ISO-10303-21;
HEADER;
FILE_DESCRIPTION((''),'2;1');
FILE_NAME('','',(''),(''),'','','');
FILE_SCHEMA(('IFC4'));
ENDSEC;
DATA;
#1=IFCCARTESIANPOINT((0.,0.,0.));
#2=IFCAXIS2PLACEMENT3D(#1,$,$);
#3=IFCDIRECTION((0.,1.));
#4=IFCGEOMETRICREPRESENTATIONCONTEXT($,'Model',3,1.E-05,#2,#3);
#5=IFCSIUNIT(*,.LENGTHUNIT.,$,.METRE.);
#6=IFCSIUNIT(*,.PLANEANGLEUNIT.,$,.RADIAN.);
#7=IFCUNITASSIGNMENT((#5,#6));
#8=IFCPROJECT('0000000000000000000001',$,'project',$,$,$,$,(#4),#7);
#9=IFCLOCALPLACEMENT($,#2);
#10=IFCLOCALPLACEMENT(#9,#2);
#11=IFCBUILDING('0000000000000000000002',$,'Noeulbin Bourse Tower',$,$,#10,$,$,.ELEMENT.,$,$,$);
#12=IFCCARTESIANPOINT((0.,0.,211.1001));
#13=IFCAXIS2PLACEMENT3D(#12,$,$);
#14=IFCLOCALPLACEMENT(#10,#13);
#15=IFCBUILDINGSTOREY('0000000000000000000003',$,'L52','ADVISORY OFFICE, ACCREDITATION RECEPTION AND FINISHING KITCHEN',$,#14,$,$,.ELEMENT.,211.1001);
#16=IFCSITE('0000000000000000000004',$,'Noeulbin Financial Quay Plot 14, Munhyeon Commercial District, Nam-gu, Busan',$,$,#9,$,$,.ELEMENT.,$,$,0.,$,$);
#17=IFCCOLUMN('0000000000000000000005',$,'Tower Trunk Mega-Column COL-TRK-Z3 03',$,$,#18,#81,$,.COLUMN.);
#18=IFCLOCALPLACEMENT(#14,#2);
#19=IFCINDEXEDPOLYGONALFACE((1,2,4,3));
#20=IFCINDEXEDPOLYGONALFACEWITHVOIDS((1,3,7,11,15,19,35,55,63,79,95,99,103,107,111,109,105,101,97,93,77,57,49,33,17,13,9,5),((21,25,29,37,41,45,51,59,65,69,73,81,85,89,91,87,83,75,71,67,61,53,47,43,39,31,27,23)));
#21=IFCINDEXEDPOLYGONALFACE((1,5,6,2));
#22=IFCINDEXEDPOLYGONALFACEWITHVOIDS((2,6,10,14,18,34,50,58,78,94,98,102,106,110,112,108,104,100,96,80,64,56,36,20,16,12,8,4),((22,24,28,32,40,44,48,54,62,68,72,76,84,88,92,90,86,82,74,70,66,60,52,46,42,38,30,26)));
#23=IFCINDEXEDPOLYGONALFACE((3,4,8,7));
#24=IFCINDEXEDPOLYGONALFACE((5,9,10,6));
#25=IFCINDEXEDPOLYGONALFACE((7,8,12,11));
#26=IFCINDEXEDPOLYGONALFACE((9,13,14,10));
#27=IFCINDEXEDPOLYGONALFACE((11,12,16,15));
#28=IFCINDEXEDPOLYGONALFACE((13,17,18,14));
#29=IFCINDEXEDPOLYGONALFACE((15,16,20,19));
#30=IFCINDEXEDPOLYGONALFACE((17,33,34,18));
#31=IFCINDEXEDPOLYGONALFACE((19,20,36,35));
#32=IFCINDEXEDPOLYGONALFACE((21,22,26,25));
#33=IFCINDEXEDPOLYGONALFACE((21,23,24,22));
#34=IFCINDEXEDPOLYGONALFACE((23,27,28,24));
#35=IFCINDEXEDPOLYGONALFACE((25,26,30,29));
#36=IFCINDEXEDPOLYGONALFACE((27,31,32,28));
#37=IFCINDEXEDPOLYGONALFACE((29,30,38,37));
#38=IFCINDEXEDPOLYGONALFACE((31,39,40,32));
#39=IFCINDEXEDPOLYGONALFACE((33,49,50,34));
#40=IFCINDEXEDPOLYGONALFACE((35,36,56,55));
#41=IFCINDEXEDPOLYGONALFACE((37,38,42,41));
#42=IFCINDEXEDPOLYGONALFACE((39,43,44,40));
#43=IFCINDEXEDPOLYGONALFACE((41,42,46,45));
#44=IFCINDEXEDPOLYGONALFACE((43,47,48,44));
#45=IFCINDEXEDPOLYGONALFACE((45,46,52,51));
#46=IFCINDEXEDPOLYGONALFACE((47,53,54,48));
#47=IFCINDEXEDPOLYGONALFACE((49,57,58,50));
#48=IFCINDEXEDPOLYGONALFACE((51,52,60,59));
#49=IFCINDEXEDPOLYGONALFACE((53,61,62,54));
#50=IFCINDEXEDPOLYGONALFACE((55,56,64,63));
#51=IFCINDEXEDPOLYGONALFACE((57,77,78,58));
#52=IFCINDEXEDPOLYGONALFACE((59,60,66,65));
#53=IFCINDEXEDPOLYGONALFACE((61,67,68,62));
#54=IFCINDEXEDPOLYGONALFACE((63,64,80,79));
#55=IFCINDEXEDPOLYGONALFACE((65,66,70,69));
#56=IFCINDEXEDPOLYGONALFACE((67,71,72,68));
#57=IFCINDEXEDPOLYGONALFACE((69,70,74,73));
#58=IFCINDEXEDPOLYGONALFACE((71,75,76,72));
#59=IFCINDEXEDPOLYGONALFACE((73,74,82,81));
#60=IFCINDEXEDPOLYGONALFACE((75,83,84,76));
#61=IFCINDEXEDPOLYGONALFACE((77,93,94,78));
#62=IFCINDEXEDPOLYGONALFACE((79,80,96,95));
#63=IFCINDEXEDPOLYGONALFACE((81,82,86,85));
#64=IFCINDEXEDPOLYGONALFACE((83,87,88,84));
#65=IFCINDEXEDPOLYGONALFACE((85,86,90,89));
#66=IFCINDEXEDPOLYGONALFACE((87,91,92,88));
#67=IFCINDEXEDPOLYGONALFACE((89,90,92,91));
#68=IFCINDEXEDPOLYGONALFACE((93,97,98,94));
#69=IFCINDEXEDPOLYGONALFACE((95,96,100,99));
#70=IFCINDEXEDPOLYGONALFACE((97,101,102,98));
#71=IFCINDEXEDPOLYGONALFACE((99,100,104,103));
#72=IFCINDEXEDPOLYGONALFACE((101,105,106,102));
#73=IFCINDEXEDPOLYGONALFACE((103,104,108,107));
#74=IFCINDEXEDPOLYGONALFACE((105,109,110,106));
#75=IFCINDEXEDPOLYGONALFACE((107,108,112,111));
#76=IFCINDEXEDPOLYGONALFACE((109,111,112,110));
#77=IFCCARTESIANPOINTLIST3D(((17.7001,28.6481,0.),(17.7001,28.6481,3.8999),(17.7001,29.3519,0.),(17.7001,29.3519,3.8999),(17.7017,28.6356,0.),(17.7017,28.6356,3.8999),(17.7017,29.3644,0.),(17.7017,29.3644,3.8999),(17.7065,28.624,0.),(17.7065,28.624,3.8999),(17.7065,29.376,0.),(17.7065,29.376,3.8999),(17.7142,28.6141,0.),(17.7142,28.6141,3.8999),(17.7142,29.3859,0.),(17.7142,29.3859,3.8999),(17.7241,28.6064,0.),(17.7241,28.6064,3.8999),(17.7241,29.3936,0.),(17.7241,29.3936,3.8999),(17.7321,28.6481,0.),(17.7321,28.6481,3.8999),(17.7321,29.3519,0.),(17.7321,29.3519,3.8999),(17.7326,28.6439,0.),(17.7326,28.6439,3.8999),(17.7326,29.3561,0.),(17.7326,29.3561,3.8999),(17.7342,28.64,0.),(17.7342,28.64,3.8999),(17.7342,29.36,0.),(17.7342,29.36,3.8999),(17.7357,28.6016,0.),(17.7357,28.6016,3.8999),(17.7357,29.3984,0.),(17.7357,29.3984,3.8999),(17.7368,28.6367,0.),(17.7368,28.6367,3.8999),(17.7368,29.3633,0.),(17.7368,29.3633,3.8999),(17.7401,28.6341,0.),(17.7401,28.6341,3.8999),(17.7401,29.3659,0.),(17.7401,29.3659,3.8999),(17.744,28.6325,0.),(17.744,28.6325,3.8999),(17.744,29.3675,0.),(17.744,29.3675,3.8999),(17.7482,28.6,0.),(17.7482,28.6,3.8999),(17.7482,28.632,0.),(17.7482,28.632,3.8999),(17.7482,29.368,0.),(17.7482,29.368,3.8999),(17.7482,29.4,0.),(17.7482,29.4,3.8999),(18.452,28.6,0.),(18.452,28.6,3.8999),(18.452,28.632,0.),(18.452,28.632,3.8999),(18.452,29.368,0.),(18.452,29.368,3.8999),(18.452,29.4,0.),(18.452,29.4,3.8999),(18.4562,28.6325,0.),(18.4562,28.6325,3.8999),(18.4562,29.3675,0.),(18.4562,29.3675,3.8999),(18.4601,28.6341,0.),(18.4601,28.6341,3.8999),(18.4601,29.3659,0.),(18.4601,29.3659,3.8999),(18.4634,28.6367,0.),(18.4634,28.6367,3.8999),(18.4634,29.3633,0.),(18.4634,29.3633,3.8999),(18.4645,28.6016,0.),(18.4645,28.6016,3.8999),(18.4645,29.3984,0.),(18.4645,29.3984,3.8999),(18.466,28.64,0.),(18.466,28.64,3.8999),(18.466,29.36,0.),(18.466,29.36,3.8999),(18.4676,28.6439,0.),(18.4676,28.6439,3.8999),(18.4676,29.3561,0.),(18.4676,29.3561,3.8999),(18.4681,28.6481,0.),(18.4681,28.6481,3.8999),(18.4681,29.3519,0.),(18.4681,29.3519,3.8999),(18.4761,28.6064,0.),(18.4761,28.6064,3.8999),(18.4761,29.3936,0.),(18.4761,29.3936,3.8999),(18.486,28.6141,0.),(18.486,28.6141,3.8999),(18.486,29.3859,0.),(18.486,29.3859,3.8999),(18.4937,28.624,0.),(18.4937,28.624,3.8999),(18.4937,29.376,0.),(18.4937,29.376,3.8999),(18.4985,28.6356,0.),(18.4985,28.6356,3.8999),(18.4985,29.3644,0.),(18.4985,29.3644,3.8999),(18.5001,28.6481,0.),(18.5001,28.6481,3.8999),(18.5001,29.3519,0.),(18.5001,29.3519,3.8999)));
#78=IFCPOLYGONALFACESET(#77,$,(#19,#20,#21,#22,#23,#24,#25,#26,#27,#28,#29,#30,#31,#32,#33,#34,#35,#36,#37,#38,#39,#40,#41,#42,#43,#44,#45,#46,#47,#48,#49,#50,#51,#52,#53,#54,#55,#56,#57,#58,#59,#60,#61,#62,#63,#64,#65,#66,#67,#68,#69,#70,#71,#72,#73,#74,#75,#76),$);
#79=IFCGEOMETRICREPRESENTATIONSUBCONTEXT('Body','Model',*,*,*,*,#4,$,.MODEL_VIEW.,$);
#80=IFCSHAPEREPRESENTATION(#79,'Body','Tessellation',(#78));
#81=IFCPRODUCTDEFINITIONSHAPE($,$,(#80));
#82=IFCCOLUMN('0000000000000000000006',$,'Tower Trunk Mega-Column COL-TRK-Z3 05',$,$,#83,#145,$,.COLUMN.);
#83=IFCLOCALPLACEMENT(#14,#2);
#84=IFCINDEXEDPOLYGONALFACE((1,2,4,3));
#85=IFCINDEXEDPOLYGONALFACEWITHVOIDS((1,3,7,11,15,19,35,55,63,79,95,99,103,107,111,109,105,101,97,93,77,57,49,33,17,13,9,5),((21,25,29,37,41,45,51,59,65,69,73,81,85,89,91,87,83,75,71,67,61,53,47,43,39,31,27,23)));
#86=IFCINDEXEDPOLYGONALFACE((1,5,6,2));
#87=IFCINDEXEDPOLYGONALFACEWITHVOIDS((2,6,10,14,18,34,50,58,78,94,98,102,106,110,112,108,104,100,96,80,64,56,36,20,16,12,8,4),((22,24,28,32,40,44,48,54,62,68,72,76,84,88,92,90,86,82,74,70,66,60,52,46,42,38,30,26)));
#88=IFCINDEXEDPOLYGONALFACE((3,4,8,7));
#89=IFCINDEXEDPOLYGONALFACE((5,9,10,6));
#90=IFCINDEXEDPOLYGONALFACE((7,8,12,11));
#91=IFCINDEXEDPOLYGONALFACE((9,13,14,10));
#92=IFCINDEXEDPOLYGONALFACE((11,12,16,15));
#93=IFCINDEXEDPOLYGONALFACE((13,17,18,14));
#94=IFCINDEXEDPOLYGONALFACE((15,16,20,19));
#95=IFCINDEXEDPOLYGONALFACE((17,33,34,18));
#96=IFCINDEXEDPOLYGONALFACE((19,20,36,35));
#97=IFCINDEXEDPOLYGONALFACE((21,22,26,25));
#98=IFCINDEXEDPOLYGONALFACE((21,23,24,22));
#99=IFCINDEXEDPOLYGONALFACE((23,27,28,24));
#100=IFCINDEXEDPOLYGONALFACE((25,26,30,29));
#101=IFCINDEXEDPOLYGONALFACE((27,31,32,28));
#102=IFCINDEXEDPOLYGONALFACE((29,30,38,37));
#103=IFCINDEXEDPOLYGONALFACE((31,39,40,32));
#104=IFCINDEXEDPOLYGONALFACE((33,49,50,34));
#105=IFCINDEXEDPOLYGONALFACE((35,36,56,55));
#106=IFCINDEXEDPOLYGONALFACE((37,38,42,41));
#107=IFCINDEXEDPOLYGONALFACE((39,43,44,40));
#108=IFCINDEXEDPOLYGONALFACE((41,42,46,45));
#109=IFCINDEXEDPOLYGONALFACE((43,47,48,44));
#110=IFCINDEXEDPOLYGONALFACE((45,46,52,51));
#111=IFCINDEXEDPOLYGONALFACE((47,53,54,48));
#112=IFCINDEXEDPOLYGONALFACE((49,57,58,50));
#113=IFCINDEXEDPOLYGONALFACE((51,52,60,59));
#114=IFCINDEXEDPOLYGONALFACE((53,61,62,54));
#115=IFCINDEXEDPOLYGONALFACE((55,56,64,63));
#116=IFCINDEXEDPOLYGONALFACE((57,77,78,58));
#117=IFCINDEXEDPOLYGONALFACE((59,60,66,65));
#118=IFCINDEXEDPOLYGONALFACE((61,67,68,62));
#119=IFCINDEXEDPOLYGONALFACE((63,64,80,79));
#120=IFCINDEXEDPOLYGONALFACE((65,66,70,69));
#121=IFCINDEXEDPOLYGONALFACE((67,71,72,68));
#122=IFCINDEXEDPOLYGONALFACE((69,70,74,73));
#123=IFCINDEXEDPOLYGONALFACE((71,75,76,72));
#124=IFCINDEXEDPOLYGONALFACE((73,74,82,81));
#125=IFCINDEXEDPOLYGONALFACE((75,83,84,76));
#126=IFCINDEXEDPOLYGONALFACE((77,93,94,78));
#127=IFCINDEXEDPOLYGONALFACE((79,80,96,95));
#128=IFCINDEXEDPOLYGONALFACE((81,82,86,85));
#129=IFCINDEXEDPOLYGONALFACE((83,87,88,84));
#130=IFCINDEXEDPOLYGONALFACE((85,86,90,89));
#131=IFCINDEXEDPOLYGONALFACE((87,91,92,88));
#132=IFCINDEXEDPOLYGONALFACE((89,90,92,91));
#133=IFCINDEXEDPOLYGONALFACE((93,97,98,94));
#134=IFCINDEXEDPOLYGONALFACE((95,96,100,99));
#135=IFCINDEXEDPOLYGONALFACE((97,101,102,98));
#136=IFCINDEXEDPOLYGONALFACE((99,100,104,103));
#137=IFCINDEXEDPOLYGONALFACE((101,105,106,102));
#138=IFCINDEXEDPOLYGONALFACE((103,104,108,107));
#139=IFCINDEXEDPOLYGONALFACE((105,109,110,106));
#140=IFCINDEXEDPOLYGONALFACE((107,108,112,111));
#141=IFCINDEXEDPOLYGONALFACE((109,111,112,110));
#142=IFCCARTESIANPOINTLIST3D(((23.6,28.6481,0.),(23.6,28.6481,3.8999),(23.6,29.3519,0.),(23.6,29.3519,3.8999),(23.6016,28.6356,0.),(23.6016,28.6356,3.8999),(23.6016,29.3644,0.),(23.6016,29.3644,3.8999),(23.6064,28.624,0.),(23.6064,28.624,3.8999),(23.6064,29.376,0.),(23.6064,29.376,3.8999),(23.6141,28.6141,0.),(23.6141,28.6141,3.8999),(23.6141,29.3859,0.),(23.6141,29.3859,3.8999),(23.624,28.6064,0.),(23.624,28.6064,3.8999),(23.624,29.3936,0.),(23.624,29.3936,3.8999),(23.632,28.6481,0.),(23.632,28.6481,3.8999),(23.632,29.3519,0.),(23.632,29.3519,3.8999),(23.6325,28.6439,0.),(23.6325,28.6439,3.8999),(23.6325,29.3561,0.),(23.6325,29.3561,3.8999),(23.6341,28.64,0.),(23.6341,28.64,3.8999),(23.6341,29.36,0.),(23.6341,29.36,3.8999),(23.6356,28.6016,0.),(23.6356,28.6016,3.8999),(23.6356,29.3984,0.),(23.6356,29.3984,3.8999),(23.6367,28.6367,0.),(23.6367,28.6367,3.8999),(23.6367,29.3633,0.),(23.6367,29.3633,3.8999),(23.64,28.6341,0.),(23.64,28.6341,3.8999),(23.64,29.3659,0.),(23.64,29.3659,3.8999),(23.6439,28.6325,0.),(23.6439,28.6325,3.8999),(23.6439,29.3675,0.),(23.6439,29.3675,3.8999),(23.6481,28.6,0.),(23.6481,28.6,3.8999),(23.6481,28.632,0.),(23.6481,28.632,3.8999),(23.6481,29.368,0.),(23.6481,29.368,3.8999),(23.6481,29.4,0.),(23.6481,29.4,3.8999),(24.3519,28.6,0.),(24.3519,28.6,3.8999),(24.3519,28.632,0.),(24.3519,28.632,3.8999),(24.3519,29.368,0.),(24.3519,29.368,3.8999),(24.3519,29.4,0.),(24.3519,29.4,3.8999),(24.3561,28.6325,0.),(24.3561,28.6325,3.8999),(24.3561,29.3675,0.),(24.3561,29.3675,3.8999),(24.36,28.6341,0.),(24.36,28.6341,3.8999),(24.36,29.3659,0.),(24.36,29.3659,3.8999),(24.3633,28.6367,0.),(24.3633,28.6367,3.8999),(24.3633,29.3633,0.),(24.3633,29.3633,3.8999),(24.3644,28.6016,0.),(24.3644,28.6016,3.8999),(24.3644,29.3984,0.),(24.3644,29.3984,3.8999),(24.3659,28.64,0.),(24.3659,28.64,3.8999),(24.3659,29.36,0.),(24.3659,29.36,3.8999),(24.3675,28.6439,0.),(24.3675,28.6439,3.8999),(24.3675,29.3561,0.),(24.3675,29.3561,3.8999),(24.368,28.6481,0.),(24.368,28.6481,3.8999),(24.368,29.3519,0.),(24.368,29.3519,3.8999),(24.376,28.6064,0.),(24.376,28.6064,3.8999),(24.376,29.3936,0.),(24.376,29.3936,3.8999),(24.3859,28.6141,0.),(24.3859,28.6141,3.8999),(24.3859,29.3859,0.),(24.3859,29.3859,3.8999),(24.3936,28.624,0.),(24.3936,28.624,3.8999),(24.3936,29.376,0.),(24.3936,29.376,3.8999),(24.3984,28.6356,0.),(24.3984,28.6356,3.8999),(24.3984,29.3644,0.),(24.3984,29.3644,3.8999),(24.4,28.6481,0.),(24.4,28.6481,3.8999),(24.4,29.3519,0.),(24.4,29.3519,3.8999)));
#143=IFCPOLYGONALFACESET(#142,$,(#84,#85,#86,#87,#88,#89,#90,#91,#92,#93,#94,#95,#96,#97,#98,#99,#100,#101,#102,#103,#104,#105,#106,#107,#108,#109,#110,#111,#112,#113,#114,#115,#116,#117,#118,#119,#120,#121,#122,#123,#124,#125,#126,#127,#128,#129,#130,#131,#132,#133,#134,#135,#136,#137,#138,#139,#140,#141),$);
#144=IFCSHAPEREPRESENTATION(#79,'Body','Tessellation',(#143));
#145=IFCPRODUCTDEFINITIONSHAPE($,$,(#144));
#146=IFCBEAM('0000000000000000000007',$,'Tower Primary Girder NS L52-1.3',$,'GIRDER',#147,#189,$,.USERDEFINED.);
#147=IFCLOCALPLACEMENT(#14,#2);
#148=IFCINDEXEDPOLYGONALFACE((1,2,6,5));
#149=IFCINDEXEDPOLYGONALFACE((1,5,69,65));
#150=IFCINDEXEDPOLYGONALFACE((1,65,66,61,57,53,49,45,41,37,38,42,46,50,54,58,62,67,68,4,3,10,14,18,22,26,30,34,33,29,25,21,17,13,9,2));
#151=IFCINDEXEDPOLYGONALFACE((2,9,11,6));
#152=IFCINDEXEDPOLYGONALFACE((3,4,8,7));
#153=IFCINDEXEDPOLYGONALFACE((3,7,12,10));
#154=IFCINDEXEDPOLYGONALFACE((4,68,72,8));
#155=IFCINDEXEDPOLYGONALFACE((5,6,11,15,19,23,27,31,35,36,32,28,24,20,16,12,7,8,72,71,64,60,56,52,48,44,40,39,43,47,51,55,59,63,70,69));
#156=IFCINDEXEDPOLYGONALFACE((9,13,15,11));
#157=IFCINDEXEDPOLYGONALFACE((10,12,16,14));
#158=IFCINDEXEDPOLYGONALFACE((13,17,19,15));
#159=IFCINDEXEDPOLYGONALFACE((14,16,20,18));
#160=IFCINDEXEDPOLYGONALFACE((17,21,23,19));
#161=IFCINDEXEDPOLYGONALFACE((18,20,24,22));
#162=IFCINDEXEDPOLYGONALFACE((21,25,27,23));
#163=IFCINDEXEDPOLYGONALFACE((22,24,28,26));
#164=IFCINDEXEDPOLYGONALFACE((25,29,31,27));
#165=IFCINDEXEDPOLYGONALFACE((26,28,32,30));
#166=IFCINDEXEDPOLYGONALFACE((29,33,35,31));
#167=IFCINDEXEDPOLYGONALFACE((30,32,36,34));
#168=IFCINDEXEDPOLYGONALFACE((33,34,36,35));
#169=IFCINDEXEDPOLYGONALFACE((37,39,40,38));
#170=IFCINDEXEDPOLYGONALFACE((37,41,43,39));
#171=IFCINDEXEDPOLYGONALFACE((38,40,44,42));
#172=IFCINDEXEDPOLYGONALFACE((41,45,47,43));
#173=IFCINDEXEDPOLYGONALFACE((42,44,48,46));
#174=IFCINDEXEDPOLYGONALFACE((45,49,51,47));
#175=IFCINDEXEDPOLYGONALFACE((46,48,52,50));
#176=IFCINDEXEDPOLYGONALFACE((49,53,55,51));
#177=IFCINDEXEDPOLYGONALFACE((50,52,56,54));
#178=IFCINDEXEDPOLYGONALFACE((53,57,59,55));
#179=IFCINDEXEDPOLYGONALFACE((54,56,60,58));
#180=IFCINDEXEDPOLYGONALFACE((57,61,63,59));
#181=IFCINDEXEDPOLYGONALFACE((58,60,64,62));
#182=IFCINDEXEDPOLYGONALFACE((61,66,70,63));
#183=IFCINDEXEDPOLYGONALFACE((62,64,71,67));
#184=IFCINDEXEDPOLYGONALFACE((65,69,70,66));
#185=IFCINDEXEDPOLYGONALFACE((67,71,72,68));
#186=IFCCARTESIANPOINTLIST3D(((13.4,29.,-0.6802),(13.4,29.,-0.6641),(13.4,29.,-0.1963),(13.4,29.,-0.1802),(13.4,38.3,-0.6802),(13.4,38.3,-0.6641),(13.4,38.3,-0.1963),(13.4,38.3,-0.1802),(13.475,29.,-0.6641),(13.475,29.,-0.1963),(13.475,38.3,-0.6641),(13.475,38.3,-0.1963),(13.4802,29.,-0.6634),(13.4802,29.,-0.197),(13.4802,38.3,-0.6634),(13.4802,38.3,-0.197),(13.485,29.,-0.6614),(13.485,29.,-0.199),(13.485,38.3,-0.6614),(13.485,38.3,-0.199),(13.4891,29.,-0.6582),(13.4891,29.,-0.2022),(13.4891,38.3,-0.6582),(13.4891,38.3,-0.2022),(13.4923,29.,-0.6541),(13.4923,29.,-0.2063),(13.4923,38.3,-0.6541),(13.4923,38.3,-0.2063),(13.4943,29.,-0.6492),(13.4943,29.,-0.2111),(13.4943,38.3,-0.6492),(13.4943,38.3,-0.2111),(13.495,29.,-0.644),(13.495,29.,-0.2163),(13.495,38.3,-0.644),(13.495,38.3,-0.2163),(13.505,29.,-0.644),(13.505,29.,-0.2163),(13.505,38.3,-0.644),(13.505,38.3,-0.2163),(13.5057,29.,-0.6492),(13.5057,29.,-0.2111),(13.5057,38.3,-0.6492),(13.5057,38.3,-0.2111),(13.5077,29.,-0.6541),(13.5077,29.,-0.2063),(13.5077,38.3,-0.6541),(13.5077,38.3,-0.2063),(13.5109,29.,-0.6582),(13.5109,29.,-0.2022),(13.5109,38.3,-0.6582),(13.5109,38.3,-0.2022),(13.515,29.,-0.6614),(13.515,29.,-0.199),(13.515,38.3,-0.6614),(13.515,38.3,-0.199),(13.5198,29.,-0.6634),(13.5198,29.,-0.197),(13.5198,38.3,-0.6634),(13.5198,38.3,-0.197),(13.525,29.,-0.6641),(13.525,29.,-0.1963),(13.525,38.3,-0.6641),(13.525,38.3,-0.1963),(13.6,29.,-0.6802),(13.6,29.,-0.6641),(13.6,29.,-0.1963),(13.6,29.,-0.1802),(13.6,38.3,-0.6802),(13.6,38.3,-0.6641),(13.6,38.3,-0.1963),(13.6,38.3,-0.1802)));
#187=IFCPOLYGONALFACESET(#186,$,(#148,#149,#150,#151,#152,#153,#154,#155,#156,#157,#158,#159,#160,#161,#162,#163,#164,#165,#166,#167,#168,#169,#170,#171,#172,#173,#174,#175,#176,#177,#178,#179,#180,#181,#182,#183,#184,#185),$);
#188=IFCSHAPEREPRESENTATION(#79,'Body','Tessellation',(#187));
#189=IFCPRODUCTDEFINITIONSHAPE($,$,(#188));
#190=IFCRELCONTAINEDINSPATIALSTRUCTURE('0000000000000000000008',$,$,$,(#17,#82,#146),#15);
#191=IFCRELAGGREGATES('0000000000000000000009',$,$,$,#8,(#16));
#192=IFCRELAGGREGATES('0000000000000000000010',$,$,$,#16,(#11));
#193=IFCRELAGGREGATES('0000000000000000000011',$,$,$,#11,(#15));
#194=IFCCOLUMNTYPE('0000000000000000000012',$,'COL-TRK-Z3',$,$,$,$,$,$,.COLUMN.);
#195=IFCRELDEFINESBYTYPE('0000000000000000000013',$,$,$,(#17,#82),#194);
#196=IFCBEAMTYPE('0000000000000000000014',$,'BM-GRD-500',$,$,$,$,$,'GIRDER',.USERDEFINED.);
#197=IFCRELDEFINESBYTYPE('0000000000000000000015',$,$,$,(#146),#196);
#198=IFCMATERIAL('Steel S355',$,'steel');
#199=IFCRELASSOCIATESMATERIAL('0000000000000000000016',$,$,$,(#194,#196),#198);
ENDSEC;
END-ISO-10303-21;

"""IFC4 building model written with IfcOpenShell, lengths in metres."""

from ifc_helpers import new_model, si_unit, direction, frame, origin, origin_2d, place, context, subcontext, project, spatial, hollow_rectangle, i_section, extrude, material, material_profile, profile_set, type_object, element, save


model = new_model("IFC4")

# Units and contexts
model_context = context("Model", 3, precision=1e-05, world=origin(), true_north=direction((0.0, 1.0)))
body_context = subcontext(model_context, "Body", "Model", "MODEL_VIEW")
ifc_project = project(units=[si_unit("LENGTHUNIT", "METRE"), si_unit("PLANEANGLEUNIT", "RADIAN")], contexts=[model_context])

# Site, building, storey
site_placement = place(None, origin())
site = spatial("IfcSite", under=ifc_project, at=site_placement, Name="Noeulbin Financial Quay Plot 14, Munhyeon Commercial District, Nam-gu, Busan", CompositionType="ELEMENT", RefElevation=0.0)
building_placement = place(site_placement, origin())
building = spatial("IfcBuilding", under=site, at=building_placement, Name="Noeulbin Bourse Tower", CompositionType="ELEMENT")
storey_placement = place(building_placement, frame((0.0, 0.0, 211.1001)))
storey = spatial("IfcBuildingStorey", under=building, at=storey_placement, Name="L52", Description="ADVISORY OFFICE, ACCREDITATION RECEPTION AND FINISHING KITCHEN", CompositionType="ELEMENT", Elevation=211.1001)

# Columns
ifc_material_1 = material(Name="Steel S355", Category="steel")
ifc_material_profile_1 = material_profile(ifc_material_1, hollow_rectangle(XDim=0.8, YDim=0.8, WallThickness=0.032, InnerFilletRadius=0.0161, OuterFilletRadius=0.0481, at=origin_2d()), Name="BOX-800x800x32", Category="LoadBearing")
ifc_profile_set_1 = profile_set([ifc_material_profile_1], Name="Steel S355")
column_type = type_object("IfcColumnType", Name="COL-TRK-Z3", PredefinedType="COLUMN", material=ifc_profile_set_1)
for number, where, z_axis, x_axis, name in (
    (1, (18.1001, 29.0, 0.0), (0.0, 0.0, 1.0), (1.0, 0.0, 0.0), "Tower Trunk Mega-Column COL-TRK-Z3 03"),
    (2, (24.0, 29.0, 0.0), (0.0, 0.0, 1.0), (1.0, 0.0, 0.0), "Tower Trunk Mega-Column COL-TRK-Z3 05"),
):
    element("IfcColumn", number, at=place(storey_placement, frame(where, z_axis=z_axis, x_axis=x_axis)), inside=storey, type_object=column_type, Name=name, PredefinedType="COLUMN", context=body_context, shape_type="SweptSolid", body=[
        extrude(hollow_rectangle(XDim=0.8, YDim=0.8, WallThickness=0.032, InnerFilletRadius=0.0161, OuterFilletRadius=0.0481, at=origin_2d()), origin(), (0.0, 0.0, 1.0), 3.8999),
    ])

# Beam
ifc_material_profile_2 = material_profile(ifc_material_1, i_section(OverallWidth=0.2, OverallDepth=0.5, WebThickness=0.01, FlangeThickness=0.0161, FilletRadius=0.02, at=origin_2d()), Name="H-500x200x10x16", Category="LoadBearing")
ifc_profile_set_2 = profile_set([ifc_material_profile_2], Name="Steel S355")
beam_type_1 = type_object("IfcBeamType", Name="BM-GRD-500", ElementType="GIRDER", PredefinedType="USERDEFINED", material=ifc_profile_set_2)
beam_placement = place(storey_placement, frame((13.5, 29.0, -0.4302), z_axis=(0.0, 1.0, 0.0), x_axis=(-1.0, 0.0, 0.0)))
element("IfcBeam", 3, at=beam_placement, inside=storey, type_object=beam_type_1, Name="Tower Primary Girder NS L52-1.3", ObjectType="GIRDER", PredefinedType="USERDEFINED", context=body_context, shape_type="SweptSolid", body=[
    extrude(i_section(OverallWidth=0.2, OverallDepth=0.5, WebThickness=0.01, FlangeThickness=0.0161, FilletRadius=0.02, at=origin_2d()), origin(), (0.0, 0.0, 1.0), 9.3),
])

save(model, "model.ifc")
